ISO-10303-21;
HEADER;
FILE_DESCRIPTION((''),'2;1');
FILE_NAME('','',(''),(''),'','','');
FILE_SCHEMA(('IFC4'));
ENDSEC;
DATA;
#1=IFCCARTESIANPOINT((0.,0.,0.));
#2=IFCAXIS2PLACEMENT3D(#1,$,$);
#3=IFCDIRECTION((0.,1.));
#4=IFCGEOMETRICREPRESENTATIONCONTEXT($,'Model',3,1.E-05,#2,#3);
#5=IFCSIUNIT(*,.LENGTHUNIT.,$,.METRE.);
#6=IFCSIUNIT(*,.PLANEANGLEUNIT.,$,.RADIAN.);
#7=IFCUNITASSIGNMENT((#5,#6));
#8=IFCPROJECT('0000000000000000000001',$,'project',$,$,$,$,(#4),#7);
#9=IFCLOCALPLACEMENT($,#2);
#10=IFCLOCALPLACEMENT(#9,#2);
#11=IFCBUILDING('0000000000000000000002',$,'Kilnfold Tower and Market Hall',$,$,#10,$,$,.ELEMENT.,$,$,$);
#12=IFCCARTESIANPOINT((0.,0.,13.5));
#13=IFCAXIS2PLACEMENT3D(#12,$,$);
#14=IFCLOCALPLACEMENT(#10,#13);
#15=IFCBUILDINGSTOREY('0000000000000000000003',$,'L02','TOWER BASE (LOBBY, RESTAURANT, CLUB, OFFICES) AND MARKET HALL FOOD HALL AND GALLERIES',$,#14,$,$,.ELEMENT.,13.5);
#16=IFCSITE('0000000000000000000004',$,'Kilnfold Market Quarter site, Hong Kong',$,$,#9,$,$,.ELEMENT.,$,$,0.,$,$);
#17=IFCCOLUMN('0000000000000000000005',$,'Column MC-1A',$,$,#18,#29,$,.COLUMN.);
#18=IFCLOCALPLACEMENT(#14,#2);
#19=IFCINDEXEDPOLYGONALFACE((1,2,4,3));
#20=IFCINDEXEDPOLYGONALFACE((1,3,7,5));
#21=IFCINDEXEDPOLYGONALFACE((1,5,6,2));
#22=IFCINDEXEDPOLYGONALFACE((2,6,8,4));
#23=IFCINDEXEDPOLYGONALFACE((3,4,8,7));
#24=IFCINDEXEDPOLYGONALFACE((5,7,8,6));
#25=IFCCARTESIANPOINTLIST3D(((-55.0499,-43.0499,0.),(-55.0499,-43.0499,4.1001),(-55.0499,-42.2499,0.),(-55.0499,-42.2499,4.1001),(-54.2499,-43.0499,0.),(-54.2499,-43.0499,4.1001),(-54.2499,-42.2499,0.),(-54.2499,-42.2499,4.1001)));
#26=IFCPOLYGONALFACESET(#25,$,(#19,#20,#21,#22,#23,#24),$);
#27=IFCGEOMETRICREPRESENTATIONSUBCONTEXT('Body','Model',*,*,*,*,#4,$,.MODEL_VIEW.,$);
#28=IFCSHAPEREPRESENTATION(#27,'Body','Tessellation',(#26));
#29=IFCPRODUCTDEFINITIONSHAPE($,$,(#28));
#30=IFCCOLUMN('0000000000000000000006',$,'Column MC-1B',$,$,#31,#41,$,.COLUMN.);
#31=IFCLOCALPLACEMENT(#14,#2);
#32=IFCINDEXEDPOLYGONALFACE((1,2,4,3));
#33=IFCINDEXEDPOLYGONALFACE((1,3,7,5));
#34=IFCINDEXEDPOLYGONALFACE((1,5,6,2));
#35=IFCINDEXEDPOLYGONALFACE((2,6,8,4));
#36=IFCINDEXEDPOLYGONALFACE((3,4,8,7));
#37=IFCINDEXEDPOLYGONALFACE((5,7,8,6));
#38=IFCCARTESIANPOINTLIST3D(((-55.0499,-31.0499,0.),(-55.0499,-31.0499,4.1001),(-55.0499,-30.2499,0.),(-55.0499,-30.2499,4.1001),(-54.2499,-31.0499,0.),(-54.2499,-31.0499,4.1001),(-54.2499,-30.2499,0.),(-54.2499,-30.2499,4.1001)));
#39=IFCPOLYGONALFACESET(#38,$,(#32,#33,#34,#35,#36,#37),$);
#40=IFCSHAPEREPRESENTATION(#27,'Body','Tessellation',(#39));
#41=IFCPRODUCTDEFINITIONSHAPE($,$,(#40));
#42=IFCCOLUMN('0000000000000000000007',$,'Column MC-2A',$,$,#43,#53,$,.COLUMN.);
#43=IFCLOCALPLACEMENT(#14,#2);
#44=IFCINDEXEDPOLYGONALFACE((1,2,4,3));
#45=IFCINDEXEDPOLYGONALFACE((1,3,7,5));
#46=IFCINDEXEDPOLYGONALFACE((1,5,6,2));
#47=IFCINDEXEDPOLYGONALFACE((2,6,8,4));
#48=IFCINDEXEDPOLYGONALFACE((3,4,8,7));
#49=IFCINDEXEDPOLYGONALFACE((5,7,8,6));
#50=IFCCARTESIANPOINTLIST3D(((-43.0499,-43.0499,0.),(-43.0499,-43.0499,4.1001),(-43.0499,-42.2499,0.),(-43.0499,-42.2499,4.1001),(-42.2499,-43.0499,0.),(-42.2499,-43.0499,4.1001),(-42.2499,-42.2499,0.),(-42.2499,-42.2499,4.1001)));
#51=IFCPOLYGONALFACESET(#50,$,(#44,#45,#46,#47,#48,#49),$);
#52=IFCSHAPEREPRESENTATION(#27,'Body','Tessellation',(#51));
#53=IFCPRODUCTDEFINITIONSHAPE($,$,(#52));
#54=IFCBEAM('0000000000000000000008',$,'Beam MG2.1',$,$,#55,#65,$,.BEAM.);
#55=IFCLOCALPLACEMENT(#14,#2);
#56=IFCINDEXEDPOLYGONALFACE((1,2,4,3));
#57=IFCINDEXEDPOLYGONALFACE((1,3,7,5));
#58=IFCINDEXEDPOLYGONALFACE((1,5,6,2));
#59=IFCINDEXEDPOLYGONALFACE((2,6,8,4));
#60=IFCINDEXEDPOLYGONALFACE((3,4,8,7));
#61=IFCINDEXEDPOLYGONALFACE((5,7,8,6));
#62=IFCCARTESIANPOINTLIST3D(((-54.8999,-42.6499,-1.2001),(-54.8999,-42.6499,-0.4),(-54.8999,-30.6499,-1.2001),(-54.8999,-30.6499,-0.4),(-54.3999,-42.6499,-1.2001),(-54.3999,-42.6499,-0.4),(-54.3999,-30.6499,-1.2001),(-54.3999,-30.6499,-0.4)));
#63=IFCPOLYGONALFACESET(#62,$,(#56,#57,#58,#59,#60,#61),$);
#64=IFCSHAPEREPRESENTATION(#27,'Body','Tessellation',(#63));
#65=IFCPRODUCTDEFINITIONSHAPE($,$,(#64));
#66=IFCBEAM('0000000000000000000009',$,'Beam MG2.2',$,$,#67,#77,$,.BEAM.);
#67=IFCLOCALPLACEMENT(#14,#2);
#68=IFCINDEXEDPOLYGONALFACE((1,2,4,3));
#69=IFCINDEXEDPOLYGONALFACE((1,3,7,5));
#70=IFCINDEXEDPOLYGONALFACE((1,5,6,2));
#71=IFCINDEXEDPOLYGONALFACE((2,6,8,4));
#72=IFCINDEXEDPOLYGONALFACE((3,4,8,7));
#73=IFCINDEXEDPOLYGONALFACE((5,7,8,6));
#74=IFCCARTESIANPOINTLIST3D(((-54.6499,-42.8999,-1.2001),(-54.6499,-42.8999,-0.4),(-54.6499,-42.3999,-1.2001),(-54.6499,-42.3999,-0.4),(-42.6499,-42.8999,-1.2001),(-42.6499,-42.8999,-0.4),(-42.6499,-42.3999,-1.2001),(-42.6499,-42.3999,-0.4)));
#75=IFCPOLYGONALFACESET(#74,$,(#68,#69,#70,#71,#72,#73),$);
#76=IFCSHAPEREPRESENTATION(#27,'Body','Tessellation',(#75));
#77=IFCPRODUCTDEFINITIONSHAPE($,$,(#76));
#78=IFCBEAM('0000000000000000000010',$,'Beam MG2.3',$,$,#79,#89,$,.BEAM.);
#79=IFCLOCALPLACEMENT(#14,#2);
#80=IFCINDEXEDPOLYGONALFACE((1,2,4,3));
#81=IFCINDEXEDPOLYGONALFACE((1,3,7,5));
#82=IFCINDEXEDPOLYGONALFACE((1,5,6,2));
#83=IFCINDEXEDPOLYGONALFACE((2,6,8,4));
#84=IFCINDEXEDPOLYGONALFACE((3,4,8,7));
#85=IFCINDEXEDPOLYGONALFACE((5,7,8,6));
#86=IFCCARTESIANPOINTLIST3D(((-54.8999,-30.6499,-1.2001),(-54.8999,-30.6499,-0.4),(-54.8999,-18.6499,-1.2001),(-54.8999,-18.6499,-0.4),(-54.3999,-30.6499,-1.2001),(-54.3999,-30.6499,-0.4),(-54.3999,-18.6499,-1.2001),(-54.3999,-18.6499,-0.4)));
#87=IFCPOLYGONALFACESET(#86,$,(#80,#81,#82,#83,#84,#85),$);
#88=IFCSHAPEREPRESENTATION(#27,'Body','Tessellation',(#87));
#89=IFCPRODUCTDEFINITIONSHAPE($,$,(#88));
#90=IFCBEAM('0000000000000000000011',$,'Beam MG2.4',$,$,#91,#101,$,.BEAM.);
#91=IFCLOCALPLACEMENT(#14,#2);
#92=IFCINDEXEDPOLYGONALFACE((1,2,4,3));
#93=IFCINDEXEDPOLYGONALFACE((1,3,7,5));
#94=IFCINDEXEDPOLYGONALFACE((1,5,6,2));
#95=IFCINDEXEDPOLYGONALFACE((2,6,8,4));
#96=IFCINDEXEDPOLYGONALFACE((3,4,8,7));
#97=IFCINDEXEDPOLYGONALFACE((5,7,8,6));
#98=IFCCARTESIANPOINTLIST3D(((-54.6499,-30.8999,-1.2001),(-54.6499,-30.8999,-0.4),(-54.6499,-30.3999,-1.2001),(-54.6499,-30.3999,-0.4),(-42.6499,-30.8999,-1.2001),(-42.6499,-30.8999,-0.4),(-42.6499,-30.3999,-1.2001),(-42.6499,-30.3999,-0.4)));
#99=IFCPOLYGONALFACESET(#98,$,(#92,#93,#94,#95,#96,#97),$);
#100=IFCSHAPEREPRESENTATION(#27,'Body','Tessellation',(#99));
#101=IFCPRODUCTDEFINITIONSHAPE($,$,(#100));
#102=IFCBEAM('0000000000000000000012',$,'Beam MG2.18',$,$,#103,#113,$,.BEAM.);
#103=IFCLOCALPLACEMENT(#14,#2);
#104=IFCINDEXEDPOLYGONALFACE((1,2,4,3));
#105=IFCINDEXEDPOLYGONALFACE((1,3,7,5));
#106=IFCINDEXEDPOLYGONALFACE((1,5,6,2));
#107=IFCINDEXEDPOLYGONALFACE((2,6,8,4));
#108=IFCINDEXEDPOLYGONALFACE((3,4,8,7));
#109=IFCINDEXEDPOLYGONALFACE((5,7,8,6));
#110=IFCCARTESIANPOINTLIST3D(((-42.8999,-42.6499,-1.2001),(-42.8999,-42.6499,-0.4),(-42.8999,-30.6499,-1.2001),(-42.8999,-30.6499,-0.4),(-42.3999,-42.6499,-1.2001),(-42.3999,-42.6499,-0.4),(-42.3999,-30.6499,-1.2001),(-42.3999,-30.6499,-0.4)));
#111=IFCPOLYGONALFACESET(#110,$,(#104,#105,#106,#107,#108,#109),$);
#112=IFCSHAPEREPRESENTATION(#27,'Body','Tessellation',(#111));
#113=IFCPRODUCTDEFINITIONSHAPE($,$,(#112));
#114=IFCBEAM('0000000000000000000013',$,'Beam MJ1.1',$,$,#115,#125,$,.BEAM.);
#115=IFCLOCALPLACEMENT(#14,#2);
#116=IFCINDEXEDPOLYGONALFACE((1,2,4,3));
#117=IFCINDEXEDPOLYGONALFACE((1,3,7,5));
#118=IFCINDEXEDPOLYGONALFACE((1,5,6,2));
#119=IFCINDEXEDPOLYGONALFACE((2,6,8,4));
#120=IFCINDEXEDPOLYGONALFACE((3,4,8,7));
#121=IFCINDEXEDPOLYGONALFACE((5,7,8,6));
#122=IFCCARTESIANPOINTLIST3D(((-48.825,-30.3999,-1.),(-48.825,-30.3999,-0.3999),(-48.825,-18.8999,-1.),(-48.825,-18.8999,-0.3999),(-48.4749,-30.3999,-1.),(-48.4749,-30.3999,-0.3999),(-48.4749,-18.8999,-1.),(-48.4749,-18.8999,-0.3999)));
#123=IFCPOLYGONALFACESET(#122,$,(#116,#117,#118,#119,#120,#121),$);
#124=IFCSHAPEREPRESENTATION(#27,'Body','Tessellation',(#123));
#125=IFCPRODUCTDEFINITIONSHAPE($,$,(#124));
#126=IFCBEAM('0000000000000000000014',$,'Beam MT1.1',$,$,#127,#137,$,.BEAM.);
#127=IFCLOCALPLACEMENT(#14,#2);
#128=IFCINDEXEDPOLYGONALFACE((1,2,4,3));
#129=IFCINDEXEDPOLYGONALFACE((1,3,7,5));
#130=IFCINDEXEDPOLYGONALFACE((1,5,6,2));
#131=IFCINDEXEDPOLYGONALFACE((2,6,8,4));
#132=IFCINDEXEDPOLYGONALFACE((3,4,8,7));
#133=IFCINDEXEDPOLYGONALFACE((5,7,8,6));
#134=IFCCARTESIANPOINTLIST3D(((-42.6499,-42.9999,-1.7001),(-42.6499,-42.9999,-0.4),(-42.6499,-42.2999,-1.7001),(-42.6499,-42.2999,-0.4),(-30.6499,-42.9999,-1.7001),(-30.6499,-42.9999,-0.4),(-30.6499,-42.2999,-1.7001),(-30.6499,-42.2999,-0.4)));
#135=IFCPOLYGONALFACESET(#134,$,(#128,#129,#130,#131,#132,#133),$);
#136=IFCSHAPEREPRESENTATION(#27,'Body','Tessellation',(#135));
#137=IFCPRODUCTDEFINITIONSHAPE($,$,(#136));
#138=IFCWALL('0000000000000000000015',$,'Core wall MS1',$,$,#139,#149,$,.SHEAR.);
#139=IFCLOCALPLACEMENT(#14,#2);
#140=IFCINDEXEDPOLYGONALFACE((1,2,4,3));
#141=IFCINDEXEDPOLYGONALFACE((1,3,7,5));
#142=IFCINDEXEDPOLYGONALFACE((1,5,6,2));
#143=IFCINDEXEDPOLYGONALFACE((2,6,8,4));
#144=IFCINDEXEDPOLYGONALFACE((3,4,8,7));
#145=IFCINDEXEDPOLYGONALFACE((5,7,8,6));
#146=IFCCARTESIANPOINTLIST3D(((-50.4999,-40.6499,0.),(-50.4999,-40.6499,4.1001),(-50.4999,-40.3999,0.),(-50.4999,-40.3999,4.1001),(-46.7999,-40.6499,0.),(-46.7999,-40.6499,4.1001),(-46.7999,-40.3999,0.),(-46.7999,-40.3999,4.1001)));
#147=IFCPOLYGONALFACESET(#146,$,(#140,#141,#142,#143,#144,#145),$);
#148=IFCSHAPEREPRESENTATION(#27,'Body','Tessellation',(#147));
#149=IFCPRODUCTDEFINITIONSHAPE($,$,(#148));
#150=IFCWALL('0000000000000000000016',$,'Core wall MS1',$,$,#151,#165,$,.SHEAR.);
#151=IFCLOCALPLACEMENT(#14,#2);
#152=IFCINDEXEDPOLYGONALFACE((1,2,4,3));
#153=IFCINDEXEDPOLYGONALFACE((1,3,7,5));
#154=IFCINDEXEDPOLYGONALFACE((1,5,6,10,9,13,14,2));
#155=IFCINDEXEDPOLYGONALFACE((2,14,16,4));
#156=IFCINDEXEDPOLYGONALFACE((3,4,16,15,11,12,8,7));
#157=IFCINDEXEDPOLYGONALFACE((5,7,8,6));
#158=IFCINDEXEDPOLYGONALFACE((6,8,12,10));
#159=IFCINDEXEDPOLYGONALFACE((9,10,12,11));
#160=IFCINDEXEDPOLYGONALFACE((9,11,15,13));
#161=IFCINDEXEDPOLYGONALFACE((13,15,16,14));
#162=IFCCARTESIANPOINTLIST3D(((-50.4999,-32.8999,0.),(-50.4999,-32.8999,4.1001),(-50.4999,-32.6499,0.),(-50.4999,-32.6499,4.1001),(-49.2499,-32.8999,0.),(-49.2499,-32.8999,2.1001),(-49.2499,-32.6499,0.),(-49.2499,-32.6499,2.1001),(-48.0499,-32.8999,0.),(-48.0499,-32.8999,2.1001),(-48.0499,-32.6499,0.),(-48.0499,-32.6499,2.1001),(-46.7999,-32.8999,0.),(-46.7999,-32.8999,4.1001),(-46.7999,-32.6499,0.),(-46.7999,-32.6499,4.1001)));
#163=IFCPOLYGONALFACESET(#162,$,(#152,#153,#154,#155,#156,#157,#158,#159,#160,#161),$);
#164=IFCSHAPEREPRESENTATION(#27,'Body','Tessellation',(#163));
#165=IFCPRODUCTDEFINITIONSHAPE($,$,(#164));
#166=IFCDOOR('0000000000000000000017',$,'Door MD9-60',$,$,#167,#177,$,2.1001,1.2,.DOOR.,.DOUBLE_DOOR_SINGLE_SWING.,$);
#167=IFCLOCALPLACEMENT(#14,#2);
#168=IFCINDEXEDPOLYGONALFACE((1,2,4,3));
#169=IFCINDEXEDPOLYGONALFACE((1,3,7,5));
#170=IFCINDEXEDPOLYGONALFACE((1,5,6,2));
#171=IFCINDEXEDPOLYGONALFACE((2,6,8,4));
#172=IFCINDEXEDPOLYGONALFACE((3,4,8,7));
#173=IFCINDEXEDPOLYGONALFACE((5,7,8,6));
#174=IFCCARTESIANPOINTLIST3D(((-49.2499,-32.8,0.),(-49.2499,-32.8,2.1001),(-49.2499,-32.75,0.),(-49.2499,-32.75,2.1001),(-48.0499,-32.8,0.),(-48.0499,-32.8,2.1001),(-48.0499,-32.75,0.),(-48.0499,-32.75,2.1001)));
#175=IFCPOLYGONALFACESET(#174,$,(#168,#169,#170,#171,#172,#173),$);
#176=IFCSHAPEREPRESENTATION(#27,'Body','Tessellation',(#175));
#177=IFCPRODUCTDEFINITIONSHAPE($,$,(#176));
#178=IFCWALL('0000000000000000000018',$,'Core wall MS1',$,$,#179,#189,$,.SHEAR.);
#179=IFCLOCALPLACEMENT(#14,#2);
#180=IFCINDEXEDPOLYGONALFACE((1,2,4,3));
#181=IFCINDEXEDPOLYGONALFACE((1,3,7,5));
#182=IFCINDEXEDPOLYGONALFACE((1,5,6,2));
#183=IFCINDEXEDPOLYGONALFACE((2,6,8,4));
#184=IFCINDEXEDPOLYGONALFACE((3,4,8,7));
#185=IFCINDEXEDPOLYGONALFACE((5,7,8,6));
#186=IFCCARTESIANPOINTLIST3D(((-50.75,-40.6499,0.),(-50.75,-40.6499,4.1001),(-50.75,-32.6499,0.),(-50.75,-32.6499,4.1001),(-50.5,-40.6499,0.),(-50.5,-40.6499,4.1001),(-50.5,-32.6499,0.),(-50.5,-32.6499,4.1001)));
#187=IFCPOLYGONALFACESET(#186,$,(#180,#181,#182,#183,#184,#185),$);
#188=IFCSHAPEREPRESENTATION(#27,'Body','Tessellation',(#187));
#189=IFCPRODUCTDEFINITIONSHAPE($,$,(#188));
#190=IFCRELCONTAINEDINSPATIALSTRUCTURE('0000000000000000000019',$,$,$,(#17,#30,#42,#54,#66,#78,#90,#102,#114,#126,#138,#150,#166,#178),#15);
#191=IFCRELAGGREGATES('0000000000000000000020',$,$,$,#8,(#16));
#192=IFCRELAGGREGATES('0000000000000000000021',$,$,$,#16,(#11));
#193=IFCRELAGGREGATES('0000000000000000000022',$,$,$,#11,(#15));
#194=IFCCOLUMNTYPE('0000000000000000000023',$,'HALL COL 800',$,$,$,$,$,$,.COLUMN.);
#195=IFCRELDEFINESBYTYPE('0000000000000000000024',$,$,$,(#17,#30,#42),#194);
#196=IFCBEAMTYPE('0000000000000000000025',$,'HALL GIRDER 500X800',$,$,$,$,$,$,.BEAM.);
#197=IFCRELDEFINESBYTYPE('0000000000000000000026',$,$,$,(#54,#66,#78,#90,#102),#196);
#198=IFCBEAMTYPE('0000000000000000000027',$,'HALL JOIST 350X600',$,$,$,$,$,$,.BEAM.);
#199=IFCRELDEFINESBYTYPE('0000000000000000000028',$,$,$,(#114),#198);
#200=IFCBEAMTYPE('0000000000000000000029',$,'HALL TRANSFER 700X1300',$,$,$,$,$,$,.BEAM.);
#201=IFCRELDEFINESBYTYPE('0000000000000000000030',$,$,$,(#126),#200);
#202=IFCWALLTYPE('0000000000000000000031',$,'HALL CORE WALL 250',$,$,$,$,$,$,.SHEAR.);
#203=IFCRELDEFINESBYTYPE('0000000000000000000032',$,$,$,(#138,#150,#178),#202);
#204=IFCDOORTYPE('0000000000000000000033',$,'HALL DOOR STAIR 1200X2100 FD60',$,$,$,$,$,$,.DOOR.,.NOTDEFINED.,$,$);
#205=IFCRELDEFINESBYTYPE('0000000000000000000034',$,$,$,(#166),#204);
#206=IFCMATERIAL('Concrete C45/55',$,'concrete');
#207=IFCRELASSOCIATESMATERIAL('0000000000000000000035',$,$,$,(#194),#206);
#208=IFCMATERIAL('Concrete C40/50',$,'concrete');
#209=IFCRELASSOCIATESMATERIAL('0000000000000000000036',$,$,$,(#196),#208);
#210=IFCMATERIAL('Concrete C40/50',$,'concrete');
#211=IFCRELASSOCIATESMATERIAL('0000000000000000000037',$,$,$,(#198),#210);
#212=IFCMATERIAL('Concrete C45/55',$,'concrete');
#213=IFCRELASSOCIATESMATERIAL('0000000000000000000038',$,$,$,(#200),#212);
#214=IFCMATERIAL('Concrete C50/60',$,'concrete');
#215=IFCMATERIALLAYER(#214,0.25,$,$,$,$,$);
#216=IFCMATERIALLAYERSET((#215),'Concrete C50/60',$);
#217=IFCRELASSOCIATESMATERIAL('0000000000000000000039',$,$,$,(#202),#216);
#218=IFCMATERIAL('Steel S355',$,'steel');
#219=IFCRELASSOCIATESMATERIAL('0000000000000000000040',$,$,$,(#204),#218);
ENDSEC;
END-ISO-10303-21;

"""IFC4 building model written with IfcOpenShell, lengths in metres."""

from ifc_helpers import new_model, si_unit, direction, frame, frame_2d, origin, origin_2d, place, context, subcontext, project, spatial, rectangle, extrude, source, transform, mapped, material, layer, layer_set, material_profile, profile_set, type_object, element, fill, save


model = new_model("IFC4")

# Units and contexts
model_context = context("Model", 3, precision=1e-05, world=origin(), true_north=direction((0.0, 1.0)))
body_context = subcontext(model_context, "Body", "Model", "MODEL_VIEW")
ifc_project = project(units=[si_unit("LENGTHUNIT", "METRE"), si_unit("PLANEANGLEUNIT", "RADIAN")], contexts=[model_context])

# Site, building, storey
site_placement = place(None, origin())
site = spatial("IfcSite", under=ifc_project, at=site_placement, Name="Kilnfold Market Quarter site, Hong Kong", CompositionType="ELEMENT", RefElevation=0.0)
building_placement = place(site_placement, origin())
building = spatial("IfcBuilding", under=site, at=building_placement, Name="Kilnfold Tower and Market Hall", CompositionType="ELEMENT")
storey_placement = place(building_placement, frame((0.0, 0.0, 13.5)))
storey = spatial("IfcBuildingStorey", under=building, at=storey_placement, Name="L02", Description="TOWER BASE (LOBBY, RESTAURANT, CLUB, OFFICES) AND MARKET HALL FOOD HALL AND GALLERIES", CompositionType="ELEMENT", Elevation=13.5)

# Columns
ifc_material_1 = material(Name="Concrete C45/55", Category="concrete")
ifc_material_profile_1 = material_profile(ifc_material_1, rectangle(XDim=0.8, YDim=0.8, at=origin_2d()), Name="RC 800x800")
ifc_profile_set_1 = profile_set([ifc_material_profile_1], Name="Concrete C45/55")
column_type = type_object("IfcColumnType", Name="HALL COL 800", PredefinedType="COLUMN", material=ifc_profile_set_1)
shared_shape_1 = source(origin(), body_context, "Body", "SweptSolid", [
    extrude(rectangle(XDim=0.8, YDim=0.8, at=origin_2d()), origin(), (0.0, 0.0, 1.0), 4.1001),
])
for number, where, z_axis, x_axis, name in (
    (1, (-54.6499, -42.6499, 0.0), (0.0, 0.0, 1.0), (1.0, 0.0, 0.0), "Column MC-1A"),
    (2, (-54.6499, -30.6499, 0.0), (0.0, 0.0, 1.0), (1.0, 0.0, 0.0), "Column MC-1B"),
    (3, (-42.6499, -42.6499, 0.0), (0.0, 0.0, 1.0), (1.0, 0.0, 0.0), "Column MC-2A"),
):
    element("IfcColumn", number, at=place(storey_placement, frame(where, z_axis=z_axis, x_axis=x_axis)), inside=storey, type_object=column_type, Name=name, PredefinedType="COLUMN", context=body_context, shape_type="MappedRepresentation", body=[
        mapped(shared_shape_1, transform((0.0, 0.0, 0.0))),
    ])

# Beams
ifc_material_2 = material(Name="Concrete C40/50", Category="concrete")
ifc_material_profile_2 = material_profile(ifc_material_2, rectangle(XDim=0.5, YDim=0.8, at=origin_2d()), Name="RC 500x800")
ifc_profile_set_2 = profile_set([ifc_material_profile_2], Name="Concrete C40/50")
beam_type_1 = type_object("IfcBeamType", Name="HALL GIRDER 500X800", PredefinedType="BEAM", material=ifc_profile_set_2)
for number, where, z_axis, x_axis, name in (
    (4, (-54.6499, -42.6499, -0.8), (0.0, 1.0, 0.0), (-1.0, 0.0, 0.0), "Beam MG2.1"),
    (5, (-54.6499, -42.6499, -0.8), (1.0, 0.0, 0.0), (0.0, 1.0, 0.0), "Beam MG2.2"),
    (6, (-54.6499, -30.6499, -0.8), (0.0, 1.0, 0.0), (-1.0, 0.0, 0.0), "Beam MG2.3"),
    (7, (-54.6499, -30.6499, -0.8), (1.0, 0.0, 0.0), (0.0, 1.0, 0.0), "Beam MG2.4"),
    (8, (-42.6499, -42.6499, -0.8), (0.0, 1.0, 0.0), (-1.0, 0.0, 0.0), "Beam MG2.18"),
):
    element("IfcBeam", number, at=place(storey_placement, frame(where, z_axis=z_axis, x_axis=x_axis)), inside=storey, type_object=beam_type_1, Name=name, PredefinedType="BEAM", context=body_context, shape_type="SweptSolid", body=[
        extrude(rectangle(XDim=0.5, YDim=0.8, at=origin_2d()), origin(), (0.0, 0.0, 1.0), 12.0),
    ])
ifc_material_3 = material(Name="Concrete C40/50", Category="concrete")
ifc_material_profile_3 = material_profile(ifc_material_3, rectangle(XDim=0.3501, YDim=0.6001, at=origin_2d()), Name="RC 350x600")
ifc_profile_set_3 = profile_set([ifc_material_profile_3], Name="Concrete C40/50")
beam_type_2 = type_object("IfcBeamType", Name="HALL JOIST 350X600", PredefinedType="BEAM", material=ifc_profile_set_3)
beam_1_placement = place(storey_placement, frame((-48.6499, -30.3999, -0.7), z_axis=(0.0, 1.0, 0.0), x_axis=(-1.0, 0.0, 0.0)))
element("IfcBeam", 9, at=beam_1_placement, inside=storey, type_object=beam_type_2, Name="Beam MJ1.1", PredefinedType="BEAM", context=body_context, shape_type="SweptSolid", body=[
    extrude(rectangle(XDim=0.3501, YDim=0.6001, at=origin_2d()), origin(), (0.0, 0.0, 1.0), 11.5),
])
ifc_material_4 = material(Name="Concrete C45/55", Category="concrete")
ifc_material_profile_4 = material_profile(ifc_material_4, rectangle(XDim=0.7, YDim=1.3, at=origin_2d()), Name="RC 700x1300")
ifc_profile_set_4 = profile_set([ifc_material_profile_4], Name="Concrete C45/55")
beam_type_3 = type_object("IfcBeamType", Name="HALL TRANSFER 700X1300", PredefinedType="BEAM", material=ifc_profile_set_4)
beam_2_placement = place(storey_placement, frame((-42.6499, -42.6499, -1.05), z_axis=(1.0, 0.0, 0.0), x_axis=(0.0, 1.0, 0.0)))
element("IfcBeam", 10, at=beam_2_placement, inside=storey, type_object=beam_type_3, Name="Beam MT1.1", PredefinedType="BEAM", context=body_context, shape_type="SweptSolid", body=[
    extrude(rectangle(XDim=0.7, YDim=1.3, at=origin_2d()), origin(), (0.0, 0.0, 1.0), 12.0),
])

# Wall
ifc_material_5 = material(Name="Concrete C50/60", Category="concrete")
ifc_layer_1 = layer(ifc_material_5, 0.25)
ifc_layer_set_1 = layer_set([ifc_layer_1], Name="Concrete C50/60")
wall_type_1 = type_object("IfcWallType", Name="HALL CORE WALL 250", PredefinedType="SHEAR", material=ifc_layer_set_1)
shared_shape_2 = source(origin(), body_context, "Body", "SweptSolid", [
    extrude(rectangle(XDim=3.7, YDim=0.25, at=frame_2d((1.8501, 0.0))), origin(), (0.0, 0.0, 1.0), 4.1001),
])
wall_1_placement = place(storey_placement, frame((-50.5, -40.5249, 0.0), z_axis=(0.0, 0.0, 1.0), x_axis=(1.0, 0.0, 0.0)))
element("IfcWall", 11, at=wall_1_placement, inside=storey, type_object=wall_type_1, Name="Core wall MS1", PredefinedType="SHEAR", context=body_context, shape_type="MappedRepresentation", body=[
    mapped(shared_shape_2, transform((0.0, 0.0, 0.0))),
])

# Wall, opening, door
wall_2_placement = place(storey_placement, frame((-50.5, -32.7749, 0.0), z_axis=(0.0, 0.0, 1.0), x_axis=(1.0, 0.0, 0.0)))
wall_2 = element("IfcWall", 12, at=wall_2_placement, inside=storey, type_object=wall_type_1, Name="Core wall MS1", PredefinedType="SHEAR", context=body_context, shape_type="MappedRepresentation", body=[
    mapped(shared_shape_2, transform((0.0, 0.0, 0.0))),
])
opening_1_placement = place(wall_2_placement, frame((1.25, 0.0, 0.0)))
opening_1 = element("IfcOpeningElement", 13, at=opening_1_placement, cuts=wall_2, PredefinedType="OPENING", context=body_context, shape_type="SweptSolid", body=[
    extrude(rectangle(XDim=1.2, YDim=2.1001, at=frame_2d((0.6001, 1.05))), frame((0.0, 0.135, 0.0), z_axis=(0.0, -1.0, 0.0), x_axis=(1.0, 0.0, 0.0)), (0.0, 0.0, 1.0), 0.27),
])
ifc_material_6 = material(Name="Steel S355", Category="steel")
door_type_1 = type_object("IfcDoorType", Name="HALL DOOR STAIR 1200X2100 FD60", OperationType="NOTDEFINED", PredefinedType="DOOR", material=ifc_material_6)
door_1_placement = place(opening_1_placement, origin())
door_1 = element("IfcDoor", 14, at=door_1_placement, inside=storey, type_object=door_type_1, Name="Door MD9-60", OperationType="DOUBLE_DOOR_SINGLE_SWING", OverallHeight=2.1001, OverallWidth=1.2, PredefinedType="DOOR", context=body_context, shape_type="SweptSolid", body=[
    extrude(rectangle(XDim=1.2, YDim=2.1001, at=frame_2d((0.6001, 1.05))), frame((0.0, 0.0249, 0.0), z_axis=(0.0, -1.0, 0.0), x_axis=(1.0, 0.0, 0.0)), (0.0, 0.0, 1.0), 0.05),
])
fill(opening_1, door_1)

# Wall
shared_shape_3 = source(origin(), body_context, "Body", "SweptSolid", [
    extrude(rectangle(XDim=8.0, YDim=0.25, at=frame_2d((4.0, 0.0))), origin(), (0.0, 0.0, 1.0), 4.1001),
])
for number, where, z_axis, x_axis, name in (
    (15, (-50.625, -40.6499, 0.0), (0.0, 0.0, 1.0), (0.0, 1.0, 0.0), "Core wall MS1"),
):
    element("IfcWall", number, at=place(storey_placement, frame(where, z_axis=z_axis, x_axis=x_axis)), inside=storey, type_object=wall_type_1, Name=name, PredefinedType="SHEAR", context=body_context, shape_type="MappedRepresentation", body=[
        mapped(shared_shape_3, transform((0.0, 0.0, 0.0))),
    ])

save(model, "model.ifc")
